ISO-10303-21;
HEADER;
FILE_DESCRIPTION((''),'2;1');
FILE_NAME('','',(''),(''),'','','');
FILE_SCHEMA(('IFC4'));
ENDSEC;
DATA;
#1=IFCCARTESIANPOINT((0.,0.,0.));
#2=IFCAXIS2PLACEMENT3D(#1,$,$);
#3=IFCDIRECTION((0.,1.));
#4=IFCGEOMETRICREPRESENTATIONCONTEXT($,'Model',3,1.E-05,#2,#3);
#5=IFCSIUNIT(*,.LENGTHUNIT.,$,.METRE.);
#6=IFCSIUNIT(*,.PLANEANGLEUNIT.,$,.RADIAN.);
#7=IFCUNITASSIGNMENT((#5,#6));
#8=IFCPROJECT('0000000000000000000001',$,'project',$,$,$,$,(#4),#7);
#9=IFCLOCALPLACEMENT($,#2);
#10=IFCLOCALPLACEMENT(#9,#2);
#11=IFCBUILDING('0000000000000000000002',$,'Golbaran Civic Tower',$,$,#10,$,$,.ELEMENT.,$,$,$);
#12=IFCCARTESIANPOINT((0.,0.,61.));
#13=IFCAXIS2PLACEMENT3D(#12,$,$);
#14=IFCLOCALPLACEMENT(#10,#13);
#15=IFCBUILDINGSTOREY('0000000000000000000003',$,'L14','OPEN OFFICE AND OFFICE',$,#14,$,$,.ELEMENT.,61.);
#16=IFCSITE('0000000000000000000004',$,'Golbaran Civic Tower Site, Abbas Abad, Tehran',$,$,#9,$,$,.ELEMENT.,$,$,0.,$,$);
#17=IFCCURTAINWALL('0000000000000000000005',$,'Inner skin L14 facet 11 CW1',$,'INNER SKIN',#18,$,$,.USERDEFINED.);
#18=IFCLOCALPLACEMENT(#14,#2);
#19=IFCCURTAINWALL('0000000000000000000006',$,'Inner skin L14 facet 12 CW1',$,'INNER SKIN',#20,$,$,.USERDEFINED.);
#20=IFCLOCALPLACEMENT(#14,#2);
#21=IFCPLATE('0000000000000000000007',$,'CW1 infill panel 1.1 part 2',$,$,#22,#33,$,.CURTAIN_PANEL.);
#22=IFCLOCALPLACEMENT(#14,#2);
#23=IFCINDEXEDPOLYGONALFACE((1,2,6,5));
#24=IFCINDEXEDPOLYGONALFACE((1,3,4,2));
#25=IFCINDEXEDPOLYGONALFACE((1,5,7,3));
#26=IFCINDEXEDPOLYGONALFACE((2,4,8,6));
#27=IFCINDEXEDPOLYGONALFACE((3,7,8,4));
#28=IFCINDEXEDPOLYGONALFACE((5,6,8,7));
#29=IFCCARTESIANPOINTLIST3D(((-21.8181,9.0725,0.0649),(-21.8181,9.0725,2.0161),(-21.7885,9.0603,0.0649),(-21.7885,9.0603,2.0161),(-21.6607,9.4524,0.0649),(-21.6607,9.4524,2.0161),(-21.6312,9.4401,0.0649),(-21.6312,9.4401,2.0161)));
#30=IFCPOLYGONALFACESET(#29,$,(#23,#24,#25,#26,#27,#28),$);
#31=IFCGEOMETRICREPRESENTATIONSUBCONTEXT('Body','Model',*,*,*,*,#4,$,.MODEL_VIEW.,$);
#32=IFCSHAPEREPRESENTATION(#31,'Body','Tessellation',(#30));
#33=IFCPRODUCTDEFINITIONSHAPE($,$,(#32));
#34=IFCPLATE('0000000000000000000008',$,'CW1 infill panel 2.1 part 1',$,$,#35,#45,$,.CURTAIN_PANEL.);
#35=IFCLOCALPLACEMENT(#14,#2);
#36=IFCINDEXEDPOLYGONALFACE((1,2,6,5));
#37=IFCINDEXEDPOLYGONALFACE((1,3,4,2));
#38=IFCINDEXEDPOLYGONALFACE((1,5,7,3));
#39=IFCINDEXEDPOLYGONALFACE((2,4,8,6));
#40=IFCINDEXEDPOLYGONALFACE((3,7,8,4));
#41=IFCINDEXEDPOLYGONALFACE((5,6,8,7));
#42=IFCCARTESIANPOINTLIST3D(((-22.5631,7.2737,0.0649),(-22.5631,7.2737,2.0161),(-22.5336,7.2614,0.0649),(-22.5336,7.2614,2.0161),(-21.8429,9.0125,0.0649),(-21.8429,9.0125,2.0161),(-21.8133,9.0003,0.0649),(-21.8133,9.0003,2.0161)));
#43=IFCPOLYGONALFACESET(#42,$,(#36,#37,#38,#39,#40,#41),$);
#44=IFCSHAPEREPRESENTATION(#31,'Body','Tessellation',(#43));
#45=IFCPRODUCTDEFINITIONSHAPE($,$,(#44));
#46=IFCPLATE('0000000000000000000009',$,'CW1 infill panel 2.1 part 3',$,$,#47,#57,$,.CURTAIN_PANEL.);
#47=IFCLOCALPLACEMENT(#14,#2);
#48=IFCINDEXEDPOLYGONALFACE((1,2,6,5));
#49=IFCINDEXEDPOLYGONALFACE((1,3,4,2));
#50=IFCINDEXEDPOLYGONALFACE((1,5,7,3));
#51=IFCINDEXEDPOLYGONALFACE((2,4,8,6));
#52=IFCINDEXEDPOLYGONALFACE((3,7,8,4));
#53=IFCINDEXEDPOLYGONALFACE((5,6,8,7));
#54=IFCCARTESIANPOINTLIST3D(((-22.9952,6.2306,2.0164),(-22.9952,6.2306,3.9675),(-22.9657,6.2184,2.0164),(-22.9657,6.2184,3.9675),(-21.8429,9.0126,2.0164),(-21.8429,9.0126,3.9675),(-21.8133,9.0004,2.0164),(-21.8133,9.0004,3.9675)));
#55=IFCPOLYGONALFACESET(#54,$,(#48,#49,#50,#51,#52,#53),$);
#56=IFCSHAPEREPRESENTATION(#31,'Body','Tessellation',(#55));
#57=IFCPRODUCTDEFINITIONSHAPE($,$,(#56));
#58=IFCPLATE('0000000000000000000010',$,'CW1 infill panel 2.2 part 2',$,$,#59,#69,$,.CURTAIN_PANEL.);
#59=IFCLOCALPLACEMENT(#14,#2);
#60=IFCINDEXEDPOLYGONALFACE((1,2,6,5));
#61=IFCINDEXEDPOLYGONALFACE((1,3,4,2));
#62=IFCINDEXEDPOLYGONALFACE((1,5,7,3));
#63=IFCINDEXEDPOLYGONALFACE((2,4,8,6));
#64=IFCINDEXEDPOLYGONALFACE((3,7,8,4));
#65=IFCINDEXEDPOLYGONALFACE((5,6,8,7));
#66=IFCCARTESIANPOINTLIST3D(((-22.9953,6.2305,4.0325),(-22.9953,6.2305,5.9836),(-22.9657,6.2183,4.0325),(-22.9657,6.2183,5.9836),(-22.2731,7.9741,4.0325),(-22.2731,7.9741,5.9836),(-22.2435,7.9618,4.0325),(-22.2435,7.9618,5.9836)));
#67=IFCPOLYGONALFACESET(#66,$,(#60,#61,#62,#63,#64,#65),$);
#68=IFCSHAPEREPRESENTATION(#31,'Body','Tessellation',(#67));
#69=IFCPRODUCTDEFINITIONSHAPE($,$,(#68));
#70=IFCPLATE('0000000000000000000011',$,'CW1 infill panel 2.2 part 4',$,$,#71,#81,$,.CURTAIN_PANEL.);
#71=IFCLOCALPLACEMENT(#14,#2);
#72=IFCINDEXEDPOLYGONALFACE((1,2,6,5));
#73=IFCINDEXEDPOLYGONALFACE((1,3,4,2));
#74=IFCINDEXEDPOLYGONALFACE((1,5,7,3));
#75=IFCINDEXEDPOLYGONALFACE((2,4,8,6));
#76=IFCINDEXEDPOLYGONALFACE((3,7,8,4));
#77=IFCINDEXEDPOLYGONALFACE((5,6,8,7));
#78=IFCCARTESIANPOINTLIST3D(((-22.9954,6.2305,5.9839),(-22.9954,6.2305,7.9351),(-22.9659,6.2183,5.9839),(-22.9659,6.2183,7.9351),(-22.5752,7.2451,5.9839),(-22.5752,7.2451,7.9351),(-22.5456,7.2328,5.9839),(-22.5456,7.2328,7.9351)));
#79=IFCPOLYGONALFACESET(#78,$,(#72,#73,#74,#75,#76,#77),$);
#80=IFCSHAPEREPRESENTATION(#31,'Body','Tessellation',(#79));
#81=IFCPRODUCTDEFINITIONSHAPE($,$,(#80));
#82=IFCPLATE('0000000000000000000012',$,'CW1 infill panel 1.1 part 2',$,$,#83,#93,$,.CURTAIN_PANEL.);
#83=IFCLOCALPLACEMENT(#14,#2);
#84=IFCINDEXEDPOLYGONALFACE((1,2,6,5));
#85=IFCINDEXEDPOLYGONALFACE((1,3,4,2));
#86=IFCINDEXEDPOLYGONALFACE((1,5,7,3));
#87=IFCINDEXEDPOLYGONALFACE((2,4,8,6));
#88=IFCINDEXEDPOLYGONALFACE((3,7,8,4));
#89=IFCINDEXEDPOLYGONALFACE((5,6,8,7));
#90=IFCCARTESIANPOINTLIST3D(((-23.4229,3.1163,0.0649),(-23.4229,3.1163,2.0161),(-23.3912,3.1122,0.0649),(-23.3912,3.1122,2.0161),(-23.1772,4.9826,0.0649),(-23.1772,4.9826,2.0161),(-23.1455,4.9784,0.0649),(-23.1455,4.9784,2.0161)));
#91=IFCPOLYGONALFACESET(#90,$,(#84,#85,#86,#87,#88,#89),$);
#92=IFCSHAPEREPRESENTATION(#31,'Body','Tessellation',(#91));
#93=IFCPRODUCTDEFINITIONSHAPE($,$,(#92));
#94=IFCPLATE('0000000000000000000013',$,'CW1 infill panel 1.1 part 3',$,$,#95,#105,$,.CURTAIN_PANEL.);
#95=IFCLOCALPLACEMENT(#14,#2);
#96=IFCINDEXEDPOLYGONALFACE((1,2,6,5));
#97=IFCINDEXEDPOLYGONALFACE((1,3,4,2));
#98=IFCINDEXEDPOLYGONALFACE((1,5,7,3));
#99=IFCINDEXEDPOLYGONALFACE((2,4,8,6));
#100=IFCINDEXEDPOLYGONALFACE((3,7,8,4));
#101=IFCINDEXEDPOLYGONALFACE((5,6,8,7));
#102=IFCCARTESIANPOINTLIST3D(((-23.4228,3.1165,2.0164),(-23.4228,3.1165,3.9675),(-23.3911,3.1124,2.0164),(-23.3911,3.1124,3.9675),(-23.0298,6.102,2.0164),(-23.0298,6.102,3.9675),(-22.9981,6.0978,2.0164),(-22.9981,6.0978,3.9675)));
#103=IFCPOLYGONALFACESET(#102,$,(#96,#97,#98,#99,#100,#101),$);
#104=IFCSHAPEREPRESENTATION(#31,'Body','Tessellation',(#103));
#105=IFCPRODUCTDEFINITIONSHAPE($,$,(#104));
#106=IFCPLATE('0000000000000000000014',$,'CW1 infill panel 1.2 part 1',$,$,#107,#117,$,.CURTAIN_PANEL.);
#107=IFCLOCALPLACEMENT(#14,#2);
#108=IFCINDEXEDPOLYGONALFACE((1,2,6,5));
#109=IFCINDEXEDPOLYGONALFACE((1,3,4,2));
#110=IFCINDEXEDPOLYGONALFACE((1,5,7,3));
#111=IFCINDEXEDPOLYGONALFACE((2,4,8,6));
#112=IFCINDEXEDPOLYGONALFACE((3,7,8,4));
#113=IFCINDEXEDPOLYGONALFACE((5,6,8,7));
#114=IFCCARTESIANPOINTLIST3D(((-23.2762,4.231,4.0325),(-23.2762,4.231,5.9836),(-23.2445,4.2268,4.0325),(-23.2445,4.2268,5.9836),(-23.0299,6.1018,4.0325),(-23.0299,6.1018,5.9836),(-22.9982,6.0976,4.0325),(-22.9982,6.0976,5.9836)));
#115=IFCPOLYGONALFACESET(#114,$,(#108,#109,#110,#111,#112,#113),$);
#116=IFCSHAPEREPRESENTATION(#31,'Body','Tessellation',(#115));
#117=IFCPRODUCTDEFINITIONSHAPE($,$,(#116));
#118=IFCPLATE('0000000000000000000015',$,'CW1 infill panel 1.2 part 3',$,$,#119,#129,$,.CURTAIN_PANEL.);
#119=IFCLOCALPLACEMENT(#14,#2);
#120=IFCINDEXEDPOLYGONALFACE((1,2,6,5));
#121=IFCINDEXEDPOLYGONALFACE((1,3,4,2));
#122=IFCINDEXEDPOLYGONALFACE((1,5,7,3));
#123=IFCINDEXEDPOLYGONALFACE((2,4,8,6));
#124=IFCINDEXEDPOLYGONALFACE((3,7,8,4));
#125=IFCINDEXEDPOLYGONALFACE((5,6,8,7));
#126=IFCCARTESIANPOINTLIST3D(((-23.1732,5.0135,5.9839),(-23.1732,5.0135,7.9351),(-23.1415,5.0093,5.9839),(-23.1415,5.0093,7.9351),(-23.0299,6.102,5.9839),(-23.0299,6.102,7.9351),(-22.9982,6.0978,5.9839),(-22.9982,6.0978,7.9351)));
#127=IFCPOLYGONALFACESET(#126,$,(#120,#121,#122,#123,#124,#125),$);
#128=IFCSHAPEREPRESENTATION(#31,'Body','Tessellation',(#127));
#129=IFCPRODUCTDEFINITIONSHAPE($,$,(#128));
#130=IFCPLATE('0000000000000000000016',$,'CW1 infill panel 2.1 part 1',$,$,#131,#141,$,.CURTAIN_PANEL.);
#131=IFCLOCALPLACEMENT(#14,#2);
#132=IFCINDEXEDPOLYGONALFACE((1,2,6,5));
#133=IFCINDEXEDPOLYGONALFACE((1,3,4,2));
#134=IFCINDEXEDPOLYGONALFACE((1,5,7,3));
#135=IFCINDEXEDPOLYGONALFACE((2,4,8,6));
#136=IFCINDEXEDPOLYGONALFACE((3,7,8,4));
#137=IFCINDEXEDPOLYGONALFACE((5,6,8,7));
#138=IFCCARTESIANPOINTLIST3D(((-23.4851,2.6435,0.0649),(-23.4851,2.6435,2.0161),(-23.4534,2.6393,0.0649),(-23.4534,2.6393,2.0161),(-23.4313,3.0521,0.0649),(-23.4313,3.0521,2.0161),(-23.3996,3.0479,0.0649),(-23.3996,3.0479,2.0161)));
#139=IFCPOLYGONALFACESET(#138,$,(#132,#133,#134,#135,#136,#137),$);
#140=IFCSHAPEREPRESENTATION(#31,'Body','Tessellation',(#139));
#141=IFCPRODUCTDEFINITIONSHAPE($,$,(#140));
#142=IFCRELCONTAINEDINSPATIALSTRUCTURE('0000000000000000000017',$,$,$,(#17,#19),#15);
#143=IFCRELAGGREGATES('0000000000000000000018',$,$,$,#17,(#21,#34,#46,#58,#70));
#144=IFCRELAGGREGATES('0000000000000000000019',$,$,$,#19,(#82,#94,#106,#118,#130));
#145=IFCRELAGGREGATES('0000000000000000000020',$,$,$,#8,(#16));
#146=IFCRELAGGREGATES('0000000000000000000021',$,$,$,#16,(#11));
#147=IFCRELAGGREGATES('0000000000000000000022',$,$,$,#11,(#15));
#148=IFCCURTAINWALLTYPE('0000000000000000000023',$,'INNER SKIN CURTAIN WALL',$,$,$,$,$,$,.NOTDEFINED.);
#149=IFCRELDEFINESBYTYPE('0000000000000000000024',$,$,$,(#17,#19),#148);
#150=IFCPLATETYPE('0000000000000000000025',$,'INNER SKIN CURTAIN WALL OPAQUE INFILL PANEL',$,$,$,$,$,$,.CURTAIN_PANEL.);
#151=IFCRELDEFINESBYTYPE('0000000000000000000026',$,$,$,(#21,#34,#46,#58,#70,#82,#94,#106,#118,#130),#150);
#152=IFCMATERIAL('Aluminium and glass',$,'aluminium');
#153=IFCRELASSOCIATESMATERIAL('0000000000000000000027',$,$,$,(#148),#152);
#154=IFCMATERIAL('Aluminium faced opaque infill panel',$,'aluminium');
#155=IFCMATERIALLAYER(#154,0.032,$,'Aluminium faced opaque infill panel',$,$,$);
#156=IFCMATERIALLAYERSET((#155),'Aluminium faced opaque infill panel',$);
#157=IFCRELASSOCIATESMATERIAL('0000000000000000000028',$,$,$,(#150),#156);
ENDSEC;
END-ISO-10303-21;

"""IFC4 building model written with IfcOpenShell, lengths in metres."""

from ifc_helpers import new_model, si_unit, direction, frame, origin, origin_2d, place, context, subcontext, project, spatial, rectangle, extrude, material, layer, layer_set, type_object, element, aggregate, save


model = new_model("IFC4")

# Units and contexts
model_context = context("Model", 3, precision=1e-05, world=origin(), true_north=direction((0.0, 1.0)))
body_context = subcontext(model_context, "Body", "Model", "MODEL_VIEW")
ifc_project = project(units=[si_unit("LENGTHUNIT", "METRE"), si_unit("PLANEANGLEUNIT", "RADIAN")], contexts=[model_context])

# Site, building, storey
site_placement = place(None, origin())
site = spatial("IfcSite", under=ifc_project, at=site_placement, Name="Golbaran Civic Tower Site, Abbas Abad, Tehran", CompositionType="ELEMENT", RefElevation=0.0)
building_placement = place(site_placement, origin())
building = spatial("IfcBuilding", under=site, at=building_placement, Name="Golbaran Civic Tower", CompositionType="ELEMENT")
storey_placement = place(building_placement, frame((0.0, 0.0, 61.0)))
storey = spatial("IfcBuildingStorey", under=building, at=storey_placement, Name="L14", Description="OPEN OFFICE AND OFFICE", CompositionType="ELEMENT", Elevation=61.0)

# Curtain walls
ifc_material_1 = material(Name="Aluminium and glass", Category="aluminium")
curtain_wall_type = type_object("IfcCurtainWallType", Name="INNER SKIN CURTAIN WALL", PredefinedType="NOTDEFINED", material=ifc_material_1)
curtain_wall_1_placement = place(storey_placement, origin())
curtain_wall_1 = element("IfcCurtainWall", 1, at=curtain_wall_1_placement, inside=storey, type_object=curtain_wall_type, Name="Inner skin L14 facet 11 CW1", ObjectType="INNER SKIN", PredefinedType="USERDEFINED")
curtain_wall_2_placement = place(storey_placement, origin())
curtain_wall_2 = element("IfcCurtainWall", 2, at=curtain_wall_2_placement, inside=storey, type_object=curtain_wall_type, Name="Inner skin L14 facet 12 CW1", ObjectType="INNER SKIN", PredefinedType="USERDEFINED")

# Plates
ifc_material_2 = material(Name="Aluminium faced opaque infill panel", Category="aluminium")
ifc_layer_1 = layer(ifc_material_2, 0.032, Name="Aluminium faced opaque infill panel")
ifc_layer_set_1 = layer_set([ifc_layer_1], Name="Aluminium faced opaque infill panel")
plate_type_1 = type_object("IfcPlateType", Name="INNER SKIN CURTAIN WALL OPAQUE INFILL PANEL", PredefinedType="CURTAIN_PANEL", material=ifc_layer_set_1)
plate_1_placement = place(storey_placement, frame((-21.7246, 9.2563, 0.0649), z_axis=(0.0, 0.0, 1.0), x_axis=(-0.382683, -0.92388, 0.0)))
plate_1 = element("IfcPlate", 3, at=plate_1_placement, type_object=plate_type_1, Name="CW1 infill panel 1.1 part 2", PredefinedType="CURTAIN_PANEL", context=body_context, shape_type="SweptSolid", body=[
    extrude(rectangle(XDim=0.4111, YDim=0.032, at=origin_2d()), origin(), (0.0, 0.0, 1.0), 1.9512),
])
plate_2_placement = place(storey_placement, frame((-22.1882, 8.137, 0.0649), z_axis=(0.0, 0.0, 1.0), x_axis=(-0.382683, -0.92388, 0.0)))
plate_2 = element("IfcPlate", 4, at=plate_2_placement, type_object=plate_type_1, Name="CW1 infill panel 2.1 part 1", PredefinedType="CURTAIN_PANEL", context=body_context, shape_type="SweptSolid", body=[
    extrude(rectangle(XDim=1.8821, YDim=0.032, at=origin_2d()), origin(), (0.0, 0.0, 1.0), 1.9512),
])
plate_3_placement = place(storey_placement, frame((-22.4043, 7.6155, 2.0164), z_axis=(0.0, 0.0, 1.0), x_axis=(-0.382683, -0.92388, 0.0)))
plate_3 = element("IfcPlate", 5, at=plate_3_placement, type_object=plate_type_1, Name="CW1 infill panel 2.1 part 3", PredefinedType="CURTAIN_PANEL", context=body_context, shape_type="SweptSolid", body=[
    extrude(rectangle(XDim=3.0112, YDim=0.032, at=origin_2d()), origin(), (0.0, 0.0, 1.0), 1.9512),
])
plate_4_placement = place(storey_placement, frame((-22.6194, 7.0962, 4.0325), z_axis=(0.0, 0.0, 1.0), x_axis=(-0.382683, -0.92388, 0.0)))
plate_4 = element("IfcPlate", 6, at=plate_4_placement, type_object=plate_type_1, Name="CW1 infill panel 2.2 part 2", PredefinedType="CURTAIN_PANEL", context=body_context, shape_type="SweptSolid", body=[
    extrude(rectangle(XDim=1.8872, YDim=0.032, at=origin_2d()), origin(), (0.0, 0.0, 1.0), 1.9512),
])
plate_5_placement = place(storey_placement, frame((-22.7705, 6.7317, 5.9839), z_axis=(0.0, 0.0, 1.0), x_axis=(-0.382683, -0.92388, 0.0)))
plate_5 = element("IfcPlate", 7, at=plate_5_placement, type_object=plate_type_1, Name="CW1 infill panel 2.2 part 4", PredefinedType="CURTAIN_PANEL", context=body_context, shape_type="SweptSolid", body=[
    extrude(rectangle(XDim=1.0981, YDim=0.032, at=origin_2d()), origin(), (0.0, 0.0, 1.0), 1.9512),
])
aggregate(curtain_wall_1, [plate_1, plate_2, plate_3, plate_4, plate_5])
plate_6_placement = place(storey_placement, frame((-23.2842, 4.0474, 0.0649), z_axis=(0.0, 0.0, 1.0), x_axis=(-0.130526, -0.991445, 0.0)))
plate_6 = element("IfcPlate", 8, at=plate_6_placement, type_object=plate_type_1, Name="CW1 infill panel 1.1 part 2", PredefinedType="CURTAIN_PANEL", context=body_context, shape_type="SweptSolid", body=[
    extrude(rectangle(XDim=1.8823, YDim=0.032, at=origin_2d()), origin(), (0.0, 0.0, 1.0), 1.9512),
])
plate_7_placement = place(storey_placement, frame((-23.2104, 4.6072, 2.0164), z_axis=(0.0, 0.0, 1.0), x_axis=(-0.130526, -0.991445, 0.0)))
plate_7 = element("IfcPlate", 9, at=plate_7_placement, type_object=plate_type_1, Name="CW1 infill panel 1.1 part 3", PredefinedType="CURTAIN_PANEL", context=body_context, shape_type="SweptSolid", body=[
    extrude(rectangle(XDim=3.0112, YDim=0.032, at=origin_2d()), origin(), (0.0, 0.0, 1.0), 1.9512),
])
plate_8_placement = place(storey_placement, frame((-23.1372, 5.1643, 4.0325), z_axis=(0.0, 0.0, 1.0), x_axis=(-0.130526, -0.991445, 0.0)))
plate_8 = element("IfcPlate", 10, at=plate_8_placement, type_object=plate_type_1, Name="CW1 infill panel 1.2 part 1", PredefinedType="CURTAIN_PANEL", context=body_context, shape_type="SweptSolid", body=[
    extrude(rectangle(XDim=1.887, YDim=0.032, at=origin_2d()), origin(), (0.0, 0.0, 1.0), 1.9512),
])
plate_9_placement = place(storey_placement, frame((-23.0857, 5.5557, 5.9839), z_axis=(0.0, 0.0, 1.0), x_axis=(-0.130526, -0.991445, 0.0)))
plate_9 = element("IfcPlate", 11, at=plate_9_placement, type_object=plate_type_1, Name="CW1 infill panel 1.2 part 3", PredefinedType="CURTAIN_PANEL", context=body_context, shape_type="SweptSolid", body=[
    extrude(rectangle(XDim=1.0979, YDim=0.032, at=origin_2d()), origin(), (0.0, 0.0, 1.0), 1.9512),
])
plate_10_placement = place(storey_placement, frame((-23.4424, 2.8457, 0.0649), z_axis=(0.0, 0.0, 1.0), x_axis=(-0.130526, -0.991445, 0.0)))
plate_10 = element("IfcPlate", 12, at=plate_10_placement, type_object=plate_type_1, Name="CW1 infill panel 2.1 part 1", PredefinedType="CURTAIN_PANEL", context=body_context, shape_type="SweptSolid", body=[
    extrude(rectangle(XDim=0.4121, YDim=0.032, at=origin_2d()), origin(), (0.0, 0.0, 1.0), 1.9512),
])
aggregate(curtain_wall_2, [plate_6, plate_7, plate_8, plate_9, plate_10])

save(model, "model.ifc")
